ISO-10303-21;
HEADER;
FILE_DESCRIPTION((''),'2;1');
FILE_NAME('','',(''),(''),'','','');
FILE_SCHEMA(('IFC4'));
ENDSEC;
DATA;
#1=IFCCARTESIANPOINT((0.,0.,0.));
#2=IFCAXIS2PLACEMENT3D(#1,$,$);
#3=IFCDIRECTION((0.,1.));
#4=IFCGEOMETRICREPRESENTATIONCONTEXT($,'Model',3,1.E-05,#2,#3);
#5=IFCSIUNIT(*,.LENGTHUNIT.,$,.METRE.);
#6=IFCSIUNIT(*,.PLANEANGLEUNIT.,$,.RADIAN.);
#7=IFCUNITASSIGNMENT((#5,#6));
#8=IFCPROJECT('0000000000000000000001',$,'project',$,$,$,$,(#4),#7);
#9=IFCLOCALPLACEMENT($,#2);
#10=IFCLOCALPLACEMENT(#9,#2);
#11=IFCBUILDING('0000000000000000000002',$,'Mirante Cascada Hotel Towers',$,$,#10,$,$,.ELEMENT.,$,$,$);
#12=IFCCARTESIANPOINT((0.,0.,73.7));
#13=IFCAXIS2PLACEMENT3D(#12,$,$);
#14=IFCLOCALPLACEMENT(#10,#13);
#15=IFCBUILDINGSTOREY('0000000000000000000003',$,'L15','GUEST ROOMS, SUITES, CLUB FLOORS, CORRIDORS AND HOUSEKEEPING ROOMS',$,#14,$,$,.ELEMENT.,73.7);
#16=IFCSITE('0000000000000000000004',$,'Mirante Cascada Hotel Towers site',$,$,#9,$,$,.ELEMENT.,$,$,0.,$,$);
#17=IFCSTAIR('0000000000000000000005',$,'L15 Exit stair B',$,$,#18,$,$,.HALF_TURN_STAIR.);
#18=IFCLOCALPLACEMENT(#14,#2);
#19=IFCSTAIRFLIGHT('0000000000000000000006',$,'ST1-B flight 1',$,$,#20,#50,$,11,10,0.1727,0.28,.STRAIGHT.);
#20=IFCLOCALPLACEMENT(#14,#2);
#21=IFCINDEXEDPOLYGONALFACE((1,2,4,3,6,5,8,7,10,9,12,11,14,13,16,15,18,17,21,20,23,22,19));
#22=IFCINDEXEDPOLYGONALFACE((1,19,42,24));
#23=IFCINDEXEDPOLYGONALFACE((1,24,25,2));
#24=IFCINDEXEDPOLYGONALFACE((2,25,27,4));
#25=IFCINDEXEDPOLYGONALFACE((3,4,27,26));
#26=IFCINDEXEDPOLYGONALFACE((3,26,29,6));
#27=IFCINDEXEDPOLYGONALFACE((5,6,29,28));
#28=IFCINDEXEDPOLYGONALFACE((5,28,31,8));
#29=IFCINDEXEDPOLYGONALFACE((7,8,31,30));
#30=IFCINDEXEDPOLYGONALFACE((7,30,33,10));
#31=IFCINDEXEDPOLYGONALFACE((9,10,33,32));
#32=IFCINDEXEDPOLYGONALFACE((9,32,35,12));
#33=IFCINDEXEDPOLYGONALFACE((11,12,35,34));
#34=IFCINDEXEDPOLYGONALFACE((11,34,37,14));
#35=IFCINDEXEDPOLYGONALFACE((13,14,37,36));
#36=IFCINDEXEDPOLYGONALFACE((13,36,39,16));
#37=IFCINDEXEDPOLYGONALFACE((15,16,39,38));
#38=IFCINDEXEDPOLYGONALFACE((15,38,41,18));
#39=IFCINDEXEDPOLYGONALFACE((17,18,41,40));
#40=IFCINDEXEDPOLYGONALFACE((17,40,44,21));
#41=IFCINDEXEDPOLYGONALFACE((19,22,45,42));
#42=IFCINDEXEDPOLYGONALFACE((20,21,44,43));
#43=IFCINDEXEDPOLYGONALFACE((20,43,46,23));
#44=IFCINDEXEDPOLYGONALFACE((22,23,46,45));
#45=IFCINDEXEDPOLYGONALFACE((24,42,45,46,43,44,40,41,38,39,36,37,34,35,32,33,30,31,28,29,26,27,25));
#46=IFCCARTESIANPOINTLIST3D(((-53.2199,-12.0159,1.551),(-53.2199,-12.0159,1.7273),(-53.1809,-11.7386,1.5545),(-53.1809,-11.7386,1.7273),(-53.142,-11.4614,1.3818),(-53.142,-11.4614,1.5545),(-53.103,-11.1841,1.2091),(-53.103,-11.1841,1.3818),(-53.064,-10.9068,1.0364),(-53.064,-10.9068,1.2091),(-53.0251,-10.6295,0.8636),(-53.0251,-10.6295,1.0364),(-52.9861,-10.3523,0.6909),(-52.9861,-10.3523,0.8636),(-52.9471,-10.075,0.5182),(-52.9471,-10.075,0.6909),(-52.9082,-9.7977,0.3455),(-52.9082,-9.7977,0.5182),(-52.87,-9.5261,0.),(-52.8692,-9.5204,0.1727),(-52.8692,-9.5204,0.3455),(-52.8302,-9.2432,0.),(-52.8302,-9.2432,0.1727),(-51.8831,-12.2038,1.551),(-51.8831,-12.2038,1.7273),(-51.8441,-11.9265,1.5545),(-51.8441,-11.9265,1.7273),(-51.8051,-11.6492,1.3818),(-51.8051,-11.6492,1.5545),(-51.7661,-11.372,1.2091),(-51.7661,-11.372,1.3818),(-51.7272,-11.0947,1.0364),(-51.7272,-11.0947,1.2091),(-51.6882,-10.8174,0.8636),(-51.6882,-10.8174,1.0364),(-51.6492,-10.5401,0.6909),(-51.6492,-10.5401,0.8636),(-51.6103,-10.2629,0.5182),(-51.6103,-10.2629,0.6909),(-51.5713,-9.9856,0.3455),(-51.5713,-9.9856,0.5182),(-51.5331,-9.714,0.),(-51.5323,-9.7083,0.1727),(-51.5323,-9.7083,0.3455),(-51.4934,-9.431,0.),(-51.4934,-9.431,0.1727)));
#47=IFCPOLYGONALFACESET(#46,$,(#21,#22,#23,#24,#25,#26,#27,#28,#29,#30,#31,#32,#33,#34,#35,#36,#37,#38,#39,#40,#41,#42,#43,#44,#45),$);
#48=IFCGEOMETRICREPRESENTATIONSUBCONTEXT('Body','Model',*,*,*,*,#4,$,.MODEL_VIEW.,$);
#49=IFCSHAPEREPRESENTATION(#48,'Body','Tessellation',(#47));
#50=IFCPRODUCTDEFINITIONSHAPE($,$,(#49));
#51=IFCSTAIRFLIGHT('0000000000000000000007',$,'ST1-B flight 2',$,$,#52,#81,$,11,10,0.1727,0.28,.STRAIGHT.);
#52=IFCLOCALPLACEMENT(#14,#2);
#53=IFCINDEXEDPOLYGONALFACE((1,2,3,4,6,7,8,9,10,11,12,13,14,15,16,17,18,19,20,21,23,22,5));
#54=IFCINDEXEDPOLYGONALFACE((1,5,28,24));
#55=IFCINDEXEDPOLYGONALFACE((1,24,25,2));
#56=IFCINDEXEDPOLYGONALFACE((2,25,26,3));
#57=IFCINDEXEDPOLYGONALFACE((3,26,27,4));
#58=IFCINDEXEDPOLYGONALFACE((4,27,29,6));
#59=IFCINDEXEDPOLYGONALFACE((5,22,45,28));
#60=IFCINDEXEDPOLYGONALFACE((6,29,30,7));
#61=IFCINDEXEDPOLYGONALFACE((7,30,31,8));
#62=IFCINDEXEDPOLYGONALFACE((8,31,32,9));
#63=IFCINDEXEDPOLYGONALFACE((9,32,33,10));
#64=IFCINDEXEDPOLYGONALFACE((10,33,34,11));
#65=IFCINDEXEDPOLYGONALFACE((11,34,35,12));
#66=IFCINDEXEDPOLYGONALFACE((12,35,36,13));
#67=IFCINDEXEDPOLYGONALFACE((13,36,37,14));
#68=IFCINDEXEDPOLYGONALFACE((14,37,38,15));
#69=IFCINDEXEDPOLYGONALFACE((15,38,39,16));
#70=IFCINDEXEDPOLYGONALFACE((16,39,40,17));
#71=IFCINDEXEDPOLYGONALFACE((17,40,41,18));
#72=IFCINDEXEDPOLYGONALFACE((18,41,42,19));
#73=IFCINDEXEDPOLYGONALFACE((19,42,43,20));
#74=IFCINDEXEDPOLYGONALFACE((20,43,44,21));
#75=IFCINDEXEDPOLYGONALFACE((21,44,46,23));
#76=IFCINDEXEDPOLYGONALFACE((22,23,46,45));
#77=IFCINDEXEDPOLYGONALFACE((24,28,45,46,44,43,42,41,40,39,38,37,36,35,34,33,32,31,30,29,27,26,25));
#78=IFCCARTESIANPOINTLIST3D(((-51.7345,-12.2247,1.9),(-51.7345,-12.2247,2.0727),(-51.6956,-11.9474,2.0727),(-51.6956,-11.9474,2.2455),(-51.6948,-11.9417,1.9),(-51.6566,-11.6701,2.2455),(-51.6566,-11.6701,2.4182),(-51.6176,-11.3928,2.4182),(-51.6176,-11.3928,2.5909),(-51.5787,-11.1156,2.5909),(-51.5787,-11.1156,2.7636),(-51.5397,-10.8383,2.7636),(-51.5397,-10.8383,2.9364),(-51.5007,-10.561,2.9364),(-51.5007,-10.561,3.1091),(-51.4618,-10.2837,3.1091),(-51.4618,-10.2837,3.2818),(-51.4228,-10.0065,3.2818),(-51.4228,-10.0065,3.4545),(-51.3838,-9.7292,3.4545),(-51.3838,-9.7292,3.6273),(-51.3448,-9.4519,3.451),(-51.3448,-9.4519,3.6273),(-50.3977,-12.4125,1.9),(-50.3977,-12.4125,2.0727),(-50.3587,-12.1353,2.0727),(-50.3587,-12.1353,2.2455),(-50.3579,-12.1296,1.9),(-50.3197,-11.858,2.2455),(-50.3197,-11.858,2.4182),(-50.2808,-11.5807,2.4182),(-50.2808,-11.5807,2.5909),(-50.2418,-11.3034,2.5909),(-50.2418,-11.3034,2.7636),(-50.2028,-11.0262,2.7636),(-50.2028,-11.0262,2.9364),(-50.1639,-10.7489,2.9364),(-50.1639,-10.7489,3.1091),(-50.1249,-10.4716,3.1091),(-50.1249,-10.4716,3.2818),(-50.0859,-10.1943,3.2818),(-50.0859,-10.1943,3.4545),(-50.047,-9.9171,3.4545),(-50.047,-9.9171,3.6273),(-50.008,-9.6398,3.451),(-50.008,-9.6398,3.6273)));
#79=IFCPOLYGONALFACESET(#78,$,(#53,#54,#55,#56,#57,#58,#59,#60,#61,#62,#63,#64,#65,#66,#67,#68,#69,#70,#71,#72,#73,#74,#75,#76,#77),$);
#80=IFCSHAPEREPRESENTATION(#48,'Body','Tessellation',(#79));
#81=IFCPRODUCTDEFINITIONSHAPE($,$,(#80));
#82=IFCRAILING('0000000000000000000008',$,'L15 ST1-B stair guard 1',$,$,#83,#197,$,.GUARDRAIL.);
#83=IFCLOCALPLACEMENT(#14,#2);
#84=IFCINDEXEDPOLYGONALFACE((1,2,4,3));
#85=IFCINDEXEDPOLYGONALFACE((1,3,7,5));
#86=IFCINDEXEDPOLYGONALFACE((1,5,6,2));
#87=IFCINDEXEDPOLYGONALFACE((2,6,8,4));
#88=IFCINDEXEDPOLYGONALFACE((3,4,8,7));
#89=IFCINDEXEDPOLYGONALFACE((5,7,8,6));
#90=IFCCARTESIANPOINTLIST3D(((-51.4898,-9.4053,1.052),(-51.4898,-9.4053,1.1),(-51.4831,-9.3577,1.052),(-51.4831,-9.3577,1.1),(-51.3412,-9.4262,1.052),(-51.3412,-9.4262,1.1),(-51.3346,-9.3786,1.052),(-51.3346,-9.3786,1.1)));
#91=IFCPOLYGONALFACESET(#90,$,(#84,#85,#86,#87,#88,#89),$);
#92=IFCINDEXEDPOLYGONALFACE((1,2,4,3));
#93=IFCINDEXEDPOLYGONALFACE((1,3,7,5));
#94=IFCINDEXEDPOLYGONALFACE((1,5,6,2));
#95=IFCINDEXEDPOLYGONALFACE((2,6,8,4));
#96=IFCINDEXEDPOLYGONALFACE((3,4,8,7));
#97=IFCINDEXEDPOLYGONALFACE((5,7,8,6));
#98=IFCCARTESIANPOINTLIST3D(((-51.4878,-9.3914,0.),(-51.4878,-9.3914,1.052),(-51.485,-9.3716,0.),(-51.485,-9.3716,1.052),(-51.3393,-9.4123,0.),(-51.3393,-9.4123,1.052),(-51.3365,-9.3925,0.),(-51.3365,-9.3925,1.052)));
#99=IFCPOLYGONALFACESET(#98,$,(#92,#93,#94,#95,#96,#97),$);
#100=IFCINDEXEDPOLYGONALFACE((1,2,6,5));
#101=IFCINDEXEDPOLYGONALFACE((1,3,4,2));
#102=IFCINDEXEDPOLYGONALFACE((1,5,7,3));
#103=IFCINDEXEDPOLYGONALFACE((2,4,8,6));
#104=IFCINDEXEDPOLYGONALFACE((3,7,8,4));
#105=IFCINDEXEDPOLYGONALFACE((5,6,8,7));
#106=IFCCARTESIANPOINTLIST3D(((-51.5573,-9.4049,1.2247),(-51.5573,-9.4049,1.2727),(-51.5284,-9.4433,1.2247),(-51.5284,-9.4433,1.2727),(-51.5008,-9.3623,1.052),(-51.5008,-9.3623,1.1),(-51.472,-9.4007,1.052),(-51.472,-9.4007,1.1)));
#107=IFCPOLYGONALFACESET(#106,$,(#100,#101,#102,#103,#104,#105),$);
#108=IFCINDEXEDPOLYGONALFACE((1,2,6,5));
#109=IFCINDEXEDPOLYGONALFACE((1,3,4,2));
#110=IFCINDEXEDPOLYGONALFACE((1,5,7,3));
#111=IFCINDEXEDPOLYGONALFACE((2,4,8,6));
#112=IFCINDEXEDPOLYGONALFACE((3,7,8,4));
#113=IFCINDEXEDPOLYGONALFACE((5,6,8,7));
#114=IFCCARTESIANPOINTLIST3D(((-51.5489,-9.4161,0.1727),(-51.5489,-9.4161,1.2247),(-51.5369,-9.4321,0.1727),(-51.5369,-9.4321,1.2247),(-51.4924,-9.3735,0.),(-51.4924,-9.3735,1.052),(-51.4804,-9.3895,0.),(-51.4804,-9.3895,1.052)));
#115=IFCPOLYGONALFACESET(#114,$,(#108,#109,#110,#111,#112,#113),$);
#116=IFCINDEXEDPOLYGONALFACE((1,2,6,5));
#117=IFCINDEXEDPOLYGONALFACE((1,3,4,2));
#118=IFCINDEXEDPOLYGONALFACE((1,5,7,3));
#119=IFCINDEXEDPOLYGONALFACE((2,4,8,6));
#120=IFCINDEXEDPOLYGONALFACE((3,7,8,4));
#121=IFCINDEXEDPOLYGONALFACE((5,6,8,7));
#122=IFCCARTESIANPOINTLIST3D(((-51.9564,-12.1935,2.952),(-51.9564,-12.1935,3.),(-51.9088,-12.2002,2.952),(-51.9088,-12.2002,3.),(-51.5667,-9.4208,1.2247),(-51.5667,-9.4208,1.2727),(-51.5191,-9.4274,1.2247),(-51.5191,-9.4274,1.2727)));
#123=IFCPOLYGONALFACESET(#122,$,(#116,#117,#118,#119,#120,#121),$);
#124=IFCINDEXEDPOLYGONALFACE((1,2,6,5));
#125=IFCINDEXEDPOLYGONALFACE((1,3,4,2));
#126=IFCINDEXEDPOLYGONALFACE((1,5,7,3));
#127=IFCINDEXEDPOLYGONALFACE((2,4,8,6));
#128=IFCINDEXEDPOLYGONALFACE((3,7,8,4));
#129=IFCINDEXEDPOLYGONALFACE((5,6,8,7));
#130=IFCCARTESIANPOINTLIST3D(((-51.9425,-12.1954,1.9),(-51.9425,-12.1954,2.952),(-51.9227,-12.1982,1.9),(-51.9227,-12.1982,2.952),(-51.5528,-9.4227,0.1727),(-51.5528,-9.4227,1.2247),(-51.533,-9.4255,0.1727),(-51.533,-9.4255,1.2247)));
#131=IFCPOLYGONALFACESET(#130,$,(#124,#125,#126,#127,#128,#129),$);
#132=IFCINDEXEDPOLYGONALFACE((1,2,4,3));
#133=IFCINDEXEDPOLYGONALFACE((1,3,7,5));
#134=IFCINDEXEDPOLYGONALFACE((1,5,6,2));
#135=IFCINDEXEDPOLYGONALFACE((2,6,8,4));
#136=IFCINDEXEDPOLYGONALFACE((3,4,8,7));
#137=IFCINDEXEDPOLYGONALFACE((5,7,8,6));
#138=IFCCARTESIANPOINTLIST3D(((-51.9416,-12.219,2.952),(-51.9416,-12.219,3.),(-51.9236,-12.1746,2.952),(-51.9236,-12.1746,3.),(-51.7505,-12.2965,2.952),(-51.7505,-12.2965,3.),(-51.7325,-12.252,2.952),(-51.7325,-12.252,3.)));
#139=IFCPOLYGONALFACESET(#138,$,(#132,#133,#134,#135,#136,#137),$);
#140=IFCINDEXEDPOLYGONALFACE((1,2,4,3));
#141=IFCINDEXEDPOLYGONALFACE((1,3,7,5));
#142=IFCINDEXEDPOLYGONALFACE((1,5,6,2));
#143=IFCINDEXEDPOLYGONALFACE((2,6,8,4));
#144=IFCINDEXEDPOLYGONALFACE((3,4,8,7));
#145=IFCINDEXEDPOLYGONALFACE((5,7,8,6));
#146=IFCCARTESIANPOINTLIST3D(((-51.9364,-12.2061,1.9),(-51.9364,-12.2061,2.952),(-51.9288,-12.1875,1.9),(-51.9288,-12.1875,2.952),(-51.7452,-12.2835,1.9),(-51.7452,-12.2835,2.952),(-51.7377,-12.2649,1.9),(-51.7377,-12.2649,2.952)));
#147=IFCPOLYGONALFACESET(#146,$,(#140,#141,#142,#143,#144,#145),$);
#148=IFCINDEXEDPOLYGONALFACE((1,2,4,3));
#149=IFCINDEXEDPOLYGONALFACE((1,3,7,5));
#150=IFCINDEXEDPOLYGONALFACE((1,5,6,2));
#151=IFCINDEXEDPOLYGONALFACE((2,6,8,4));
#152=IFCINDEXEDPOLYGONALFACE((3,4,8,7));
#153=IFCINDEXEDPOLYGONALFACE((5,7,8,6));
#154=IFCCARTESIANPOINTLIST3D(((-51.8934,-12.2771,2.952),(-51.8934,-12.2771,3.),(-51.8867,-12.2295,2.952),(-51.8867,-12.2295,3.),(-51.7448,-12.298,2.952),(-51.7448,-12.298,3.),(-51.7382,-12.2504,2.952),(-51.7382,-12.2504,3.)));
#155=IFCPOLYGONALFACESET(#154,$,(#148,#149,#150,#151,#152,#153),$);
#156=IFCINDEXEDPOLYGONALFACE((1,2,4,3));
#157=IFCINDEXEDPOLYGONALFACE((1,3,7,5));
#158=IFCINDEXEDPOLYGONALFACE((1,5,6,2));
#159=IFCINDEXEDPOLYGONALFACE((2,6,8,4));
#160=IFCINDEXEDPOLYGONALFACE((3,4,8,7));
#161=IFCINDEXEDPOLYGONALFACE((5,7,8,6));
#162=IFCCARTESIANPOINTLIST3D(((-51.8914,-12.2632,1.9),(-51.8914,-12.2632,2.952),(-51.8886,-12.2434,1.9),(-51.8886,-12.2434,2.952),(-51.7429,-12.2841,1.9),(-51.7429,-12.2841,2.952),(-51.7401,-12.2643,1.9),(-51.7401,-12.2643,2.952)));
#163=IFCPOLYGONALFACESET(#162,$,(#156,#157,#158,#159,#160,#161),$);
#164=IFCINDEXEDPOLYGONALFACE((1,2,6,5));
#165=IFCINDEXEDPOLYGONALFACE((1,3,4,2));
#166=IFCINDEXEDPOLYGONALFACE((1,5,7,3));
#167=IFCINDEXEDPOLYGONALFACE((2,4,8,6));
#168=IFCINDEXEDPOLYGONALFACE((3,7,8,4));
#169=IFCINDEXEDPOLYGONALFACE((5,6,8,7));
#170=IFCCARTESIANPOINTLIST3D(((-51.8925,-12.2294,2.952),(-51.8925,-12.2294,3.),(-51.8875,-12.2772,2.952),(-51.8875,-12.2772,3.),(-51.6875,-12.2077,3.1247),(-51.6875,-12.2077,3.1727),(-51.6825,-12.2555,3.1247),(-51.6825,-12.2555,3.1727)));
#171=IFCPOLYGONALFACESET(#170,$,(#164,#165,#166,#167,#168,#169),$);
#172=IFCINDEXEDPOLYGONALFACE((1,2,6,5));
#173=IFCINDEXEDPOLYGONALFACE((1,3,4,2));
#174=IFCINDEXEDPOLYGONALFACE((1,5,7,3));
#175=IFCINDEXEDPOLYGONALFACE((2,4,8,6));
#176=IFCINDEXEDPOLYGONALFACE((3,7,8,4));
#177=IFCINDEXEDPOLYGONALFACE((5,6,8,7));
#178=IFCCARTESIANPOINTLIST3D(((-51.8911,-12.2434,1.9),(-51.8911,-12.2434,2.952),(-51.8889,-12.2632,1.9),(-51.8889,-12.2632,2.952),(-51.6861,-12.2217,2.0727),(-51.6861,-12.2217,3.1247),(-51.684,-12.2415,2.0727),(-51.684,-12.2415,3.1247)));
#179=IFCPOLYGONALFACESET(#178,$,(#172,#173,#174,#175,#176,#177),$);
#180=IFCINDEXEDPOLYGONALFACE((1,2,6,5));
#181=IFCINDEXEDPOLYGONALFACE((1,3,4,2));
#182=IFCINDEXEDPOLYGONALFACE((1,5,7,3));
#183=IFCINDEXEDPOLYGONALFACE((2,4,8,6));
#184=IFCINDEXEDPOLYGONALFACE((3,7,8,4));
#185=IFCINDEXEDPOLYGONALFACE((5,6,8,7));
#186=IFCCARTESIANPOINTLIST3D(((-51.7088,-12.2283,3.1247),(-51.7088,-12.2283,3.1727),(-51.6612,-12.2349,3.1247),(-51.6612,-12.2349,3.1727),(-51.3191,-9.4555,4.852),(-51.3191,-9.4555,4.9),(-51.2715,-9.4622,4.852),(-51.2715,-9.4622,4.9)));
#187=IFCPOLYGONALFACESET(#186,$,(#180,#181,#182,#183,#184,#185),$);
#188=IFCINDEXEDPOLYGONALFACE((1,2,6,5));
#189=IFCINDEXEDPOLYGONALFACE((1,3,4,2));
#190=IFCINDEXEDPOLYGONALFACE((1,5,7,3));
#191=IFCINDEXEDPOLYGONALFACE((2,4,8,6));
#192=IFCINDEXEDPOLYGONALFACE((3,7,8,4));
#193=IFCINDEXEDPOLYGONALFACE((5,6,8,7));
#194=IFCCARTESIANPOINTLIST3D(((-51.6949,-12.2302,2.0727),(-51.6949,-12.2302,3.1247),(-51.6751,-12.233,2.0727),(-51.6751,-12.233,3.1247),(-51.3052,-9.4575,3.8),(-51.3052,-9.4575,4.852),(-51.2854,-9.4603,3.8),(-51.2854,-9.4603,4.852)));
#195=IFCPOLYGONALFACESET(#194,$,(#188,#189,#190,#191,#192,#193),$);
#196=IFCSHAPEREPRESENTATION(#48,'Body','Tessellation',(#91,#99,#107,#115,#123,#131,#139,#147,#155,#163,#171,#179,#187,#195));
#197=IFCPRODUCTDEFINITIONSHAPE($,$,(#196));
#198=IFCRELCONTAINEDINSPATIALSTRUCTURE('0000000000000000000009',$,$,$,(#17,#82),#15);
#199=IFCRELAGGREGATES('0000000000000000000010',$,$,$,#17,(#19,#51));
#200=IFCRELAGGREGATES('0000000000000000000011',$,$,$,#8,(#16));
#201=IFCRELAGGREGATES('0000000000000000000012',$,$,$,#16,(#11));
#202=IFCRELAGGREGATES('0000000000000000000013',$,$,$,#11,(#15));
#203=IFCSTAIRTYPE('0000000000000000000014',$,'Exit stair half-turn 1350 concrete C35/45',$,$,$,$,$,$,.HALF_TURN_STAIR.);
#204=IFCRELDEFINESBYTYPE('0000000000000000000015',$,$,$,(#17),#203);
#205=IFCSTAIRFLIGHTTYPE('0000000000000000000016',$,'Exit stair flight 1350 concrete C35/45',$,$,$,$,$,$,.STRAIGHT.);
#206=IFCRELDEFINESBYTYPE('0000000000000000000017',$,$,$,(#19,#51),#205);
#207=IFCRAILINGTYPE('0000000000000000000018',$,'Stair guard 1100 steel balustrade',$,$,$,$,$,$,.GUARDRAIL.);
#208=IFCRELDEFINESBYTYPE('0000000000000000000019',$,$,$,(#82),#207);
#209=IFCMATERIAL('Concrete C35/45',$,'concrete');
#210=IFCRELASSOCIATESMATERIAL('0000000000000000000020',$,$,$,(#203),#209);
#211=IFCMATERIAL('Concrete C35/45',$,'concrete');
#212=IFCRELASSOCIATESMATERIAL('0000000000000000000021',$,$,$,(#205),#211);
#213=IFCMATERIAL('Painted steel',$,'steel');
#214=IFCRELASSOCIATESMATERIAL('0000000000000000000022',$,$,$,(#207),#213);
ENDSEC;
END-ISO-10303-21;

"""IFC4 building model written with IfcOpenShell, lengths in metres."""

from ifc_helpers import new_model, si_unit, direction, frame, origin, origin_2d, place, context, subcontext, project, spatial, polyline, rectangle, outline, extrude, material, type_object, element, aggregate, save


model = new_model("IFC4")

# Units and contexts
model_context = context("Model", 3, precision=1e-05, world=origin(), true_north=direction((0.0, 1.0)))
body_context = subcontext(model_context, "Body", "Model", "MODEL_VIEW")
ifc_project = project(units=[si_unit("LENGTHUNIT", "METRE"), si_unit("PLANEANGLEUNIT", "RADIAN")], contexts=[model_context])

# Site, building, storey
site_placement = place(None, origin())
site = spatial("IfcSite", under=ifc_project, at=site_placement, Name="Mirante Cascada Hotel Towers site", CompositionType="ELEMENT", RefElevation=0.0)
building_placement = place(site_placement, origin())
building = spatial("IfcBuilding", under=site, at=building_placement, Name="Mirante Cascada Hotel Towers", CompositionType="ELEMENT")
storey_placement = place(building_placement, frame((0.0, 0.0, 73.7)))
storey = spatial("IfcBuildingStorey", under=building, at=storey_placement, Name="L15", Description="GUEST ROOMS, SUITES, CLUB FLOORS, CORRIDORS AND HOUSEKEEPING ROOMS", CompositionType="ELEMENT", Elevation=73.7)

# Stair, stair flights
ifc_material_1 = material(Name="Concrete C35/45", Category="concrete")
stair_type = type_object("IfcStairType", Name="Exit stair half-turn 1350 concrete C35/45", PredefinedType="HALF_TURN_STAIR", material=ifc_material_1)
stair_placement = place(storey_placement, origin())
stair = element("IfcStair", 1, at=stair_placement, inside=storey, type_object=stair_type, Name="L15 Exit stair B", PredefinedType="HALF_TURN_STAIR")
ifc_material_2 = material(Name="Concrete C35/45", Category="concrete")
stair_flight_type = type_object("IfcStairFlightType", Name="Exit stair flight 1350 concrete C35/45", PredefinedType="STRAIGHT", material=ifc_material_2)
stair_flight_1_placement = place(storey_placement, frame((-52.1618, -9.3371, 0.0), z_axis=(0.0, 0.0, 1.0), x_axis=(-0.139173, -0.990268, 0.0)))
stair_flight_1 = element("IfcStairFlight", 2, at=stair_flight_1_placement, type_object=stair_flight_type, Name="ST1-B flight 1", NumberOfRisers=11, NumberOfTreads=10, PredefinedType="STRAIGHT", RiserHeight=0.1727, TreadLength=0.28, context=body_context, shape_type="SweptSolid", body=[
    extrude(outline(polyline([(0.0, 0.0), (0.0, 0.1727), (0.28, 0.1727), (0.28, 0.3455), (0.56, 0.3455), (0.56, 0.5182), (0.84, 0.5182), (0.84, 0.6909), (1.12, 0.6909), (1.12, 0.8636), (1.4, 0.8636), (1.4, 1.0364), (1.68, 1.0364), (1.68, 1.2091), (1.96, 1.2091), (1.96, 1.3818), (2.24, 1.3818), (2.24, 1.5545), (2.52, 1.5545), (2.52, 1.7273), (2.8, 1.7273), (2.8, 1.9), (2.8, 1.551), (0.2857, 0.0), (0.0, 0.0)])), frame((0.0, 0.675, 0.0), z_axis=(0.0, -1.0, 0.0), x_axis=(1.0, 0.0, 0.0)), (0.0, 0.0, 1.0), 1.35),
])
stair_flight_2_placement = place(storey_placement, frame((-51.0661, -12.3186, 1.9), z_axis=(0.0, 0.0, 1.0), x_axis=(0.139173, 0.990268, 0.0)))
stair_flight_2 = element("IfcStairFlight", 3, at=stair_flight_2_placement, type_object=stair_flight_type, Name="ST1-B flight 2", NumberOfRisers=11, NumberOfTreads=10, PredefinedType="STRAIGHT", RiserHeight=0.1727, TreadLength=0.28, context=body_context, shape_type="SweptSolid", body=[
    extrude(outline(polyline([(0.0, 0.0), (0.0, 0.1727), (0.28, 0.1727), (0.28, 0.3455), (0.56, 0.3455), (0.56, 0.5182), (0.84, 0.5182), (0.84, 0.6909), (1.12, 0.6909), (1.12, 0.8636), (1.4, 0.8636), (1.4, 1.0364), (1.68, 1.0364), (1.68, 1.2091), (1.96, 1.2091), (1.96, 1.3818), (2.24, 1.3818), (2.24, 1.5545), (2.52, 1.5545), (2.52, 1.7273), (2.8, 1.7273), (2.8, 1.9), (2.8, 1.551), (0.2857, 0.0), (0.0, 0.0)])), frame((0.0, 0.675, 0.0), z_axis=(0.0, -1.0, 0.0), x_axis=(1.0, 0.0, 0.0)), (0.0, 0.0, 1.0), 1.35),
])
aggregate(stair, [stair_flight_1, stair_flight_2])

# Railing
ifc_material_3 = material(Name="Painted steel", Category="steel")
railing_type_1 = type_object("IfcRailingType", Name="Stair guard 1100 steel balustrade", PredefinedType="GUARDRAIL", material=ifc_material_3)
railing_1_placement = place(storey_placement, frame((-51.3379, -9.4024, 0.0)))
element("IfcRailing", 4, at=railing_1_placement, inside=storey, type_object=railing_type_1, Name="L15 ST1-B stair guard 1", PredefinedType="GUARDRAIL", context=body_context, shape_type="SweptSolid", body=[
    extrude(rectangle(XDim=0.048, YDim=0.048, at=origin_2d()), frame((0.0, 0.0, 1.076), z_axis=(-0.990241, 0.139367, 0.0), x_axis=(-0.139367, -0.990241, 0.0)), (0.0, 0.0, 1.0), 0.15),
    extrude(rectangle(XDim=0.02, YDim=1.052, at=origin_2d()), frame((0.0, 0.0, 0.526), z_axis=(-0.990241, 0.139367, 0.0), x_axis=(-0.139367, -0.990241, 0.0)), (0.0, 0.0, 1.0), 0.15),
    extrude(rectangle(XDim=0.048, YDim=0.048, at=origin_2d()), frame((-0.1485, 0.0209, 1.076), z_axis=(-0.798471, -0.602033, 0.0), x_axis=(0.602033, -0.798471, 0.0)), (0.0, 0.92534, 0.379139), 0.1866),
    extrude(rectangle(XDim=0.02, YDim=1.052, at=origin_2d()), frame((-0.1485, 0.0209, 0.526), z_axis=(-0.798471, -0.602033, 0.0), x_axis=(0.602033, -0.798471, 0.0)), (0.0, 0.92534, 0.379139), 0.1866),
    extrude(rectangle(XDim=0.048, YDim=0.048, at=origin_2d()), frame((-0.205, -0.0217, 1.2487), z_axis=(-0.139181, -0.990267, 0.0), x_axis=(0.990267, -0.139181, 0.0)), (0.0, 0.525035, 0.851081), 3.2899),
    extrude(rectangle(XDim=0.02, YDim=1.052, at=origin_2d()), frame((-0.205, -0.0217, 0.6987), z_axis=(-0.139181, -0.990267, 0.0), x_axis=(0.990267, -0.139181, 0.0)), (0.0, 0.525035, 0.851081), 3.2899),
    extrude(rectangle(XDim=0.048, YDim=0.048, at=origin_2d()), frame((-0.5947, -2.7944, 2.976), z_axis=(0.926862, -0.375401, 0.0), x_axis=(0.375401, 0.926862, 0.0)), (0.0, 0.0, 1.0), 0.2062),
    extrude(rectangle(XDim=0.02, YDim=1.052, at=origin_2d()), frame((-0.5947, -2.7944, 2.426), z_axis=(0.926862, -0.375401, 0.0), x_axis=(0.375401, 0.926862, 0.0)), (0.0, 0.0, 1.0), 0.2062),
    extrude(rectangle(XDim=0.048, YDim=0.048, at=origin_2d()), frame((-0.4036, -2.8718, 2.976), z_axis=(-0.990241, 0.139367, 0.0), x_axis=(-0.139367, -0.990241, 0.0)), (0.0, 0.0, 1.0), 0.15),
    extrude(rectangle(XDim=0.02, YDim=1.052, at=origin_2d()), frame((-0.4036, -2.8718, 2.426), z_axis=(-0.990241, 0.139367, 0.0), x_axis=(-0.139367, -0.990241, 0.0)), (0.0, 0.0, 1.0), 0.15),
    extrude(rectangle(XDim=0.048, YDim=0.048, at=origin_2d()), frame((-0.5521, -2.8509, 2.976), z_axis=(0.994444, 0.105266, 0.0), x_axis=(-0.105266, 0.994444, 0.0)), (0.0, 0.642184, 0.76655), 0.2689),
    extrude(rectangle(XDim=0.02, YDim=1.052, at=origin_2d()), frame((-0.5521, -2.8509, 2.426), z_axis=(0.994444, 0.105266, 0.0), x_axis=(-0.105266, 0.994444, 0.0)), (0.0, 0.642184, 0.76655), 0.2689),
    extrude(rectangle(XDim=0.048, YDim=0.048, at=origin_2d()), frame((-0.3471, -2.8292, 3.1487), z_axis=(0.139181, 0.990267, 0.0), x_axis=(-0.990267, 0.139181, 0.0)), (0.0, 0.525035, 0.851081), 3.2899),
    extrude(rectangle(XDim=0.02, YDim=1.052, at=origin_2d()), frame((-0.3471, -2.8292, 2.5987), z_axis=(0.139181, 0.990267, 0.0), x_axis=(-0.990267, 0.139181, 0.0)), (0.0, 0.525035, 0.851081), 3.2899),
])

save(model, "model.ifc")
